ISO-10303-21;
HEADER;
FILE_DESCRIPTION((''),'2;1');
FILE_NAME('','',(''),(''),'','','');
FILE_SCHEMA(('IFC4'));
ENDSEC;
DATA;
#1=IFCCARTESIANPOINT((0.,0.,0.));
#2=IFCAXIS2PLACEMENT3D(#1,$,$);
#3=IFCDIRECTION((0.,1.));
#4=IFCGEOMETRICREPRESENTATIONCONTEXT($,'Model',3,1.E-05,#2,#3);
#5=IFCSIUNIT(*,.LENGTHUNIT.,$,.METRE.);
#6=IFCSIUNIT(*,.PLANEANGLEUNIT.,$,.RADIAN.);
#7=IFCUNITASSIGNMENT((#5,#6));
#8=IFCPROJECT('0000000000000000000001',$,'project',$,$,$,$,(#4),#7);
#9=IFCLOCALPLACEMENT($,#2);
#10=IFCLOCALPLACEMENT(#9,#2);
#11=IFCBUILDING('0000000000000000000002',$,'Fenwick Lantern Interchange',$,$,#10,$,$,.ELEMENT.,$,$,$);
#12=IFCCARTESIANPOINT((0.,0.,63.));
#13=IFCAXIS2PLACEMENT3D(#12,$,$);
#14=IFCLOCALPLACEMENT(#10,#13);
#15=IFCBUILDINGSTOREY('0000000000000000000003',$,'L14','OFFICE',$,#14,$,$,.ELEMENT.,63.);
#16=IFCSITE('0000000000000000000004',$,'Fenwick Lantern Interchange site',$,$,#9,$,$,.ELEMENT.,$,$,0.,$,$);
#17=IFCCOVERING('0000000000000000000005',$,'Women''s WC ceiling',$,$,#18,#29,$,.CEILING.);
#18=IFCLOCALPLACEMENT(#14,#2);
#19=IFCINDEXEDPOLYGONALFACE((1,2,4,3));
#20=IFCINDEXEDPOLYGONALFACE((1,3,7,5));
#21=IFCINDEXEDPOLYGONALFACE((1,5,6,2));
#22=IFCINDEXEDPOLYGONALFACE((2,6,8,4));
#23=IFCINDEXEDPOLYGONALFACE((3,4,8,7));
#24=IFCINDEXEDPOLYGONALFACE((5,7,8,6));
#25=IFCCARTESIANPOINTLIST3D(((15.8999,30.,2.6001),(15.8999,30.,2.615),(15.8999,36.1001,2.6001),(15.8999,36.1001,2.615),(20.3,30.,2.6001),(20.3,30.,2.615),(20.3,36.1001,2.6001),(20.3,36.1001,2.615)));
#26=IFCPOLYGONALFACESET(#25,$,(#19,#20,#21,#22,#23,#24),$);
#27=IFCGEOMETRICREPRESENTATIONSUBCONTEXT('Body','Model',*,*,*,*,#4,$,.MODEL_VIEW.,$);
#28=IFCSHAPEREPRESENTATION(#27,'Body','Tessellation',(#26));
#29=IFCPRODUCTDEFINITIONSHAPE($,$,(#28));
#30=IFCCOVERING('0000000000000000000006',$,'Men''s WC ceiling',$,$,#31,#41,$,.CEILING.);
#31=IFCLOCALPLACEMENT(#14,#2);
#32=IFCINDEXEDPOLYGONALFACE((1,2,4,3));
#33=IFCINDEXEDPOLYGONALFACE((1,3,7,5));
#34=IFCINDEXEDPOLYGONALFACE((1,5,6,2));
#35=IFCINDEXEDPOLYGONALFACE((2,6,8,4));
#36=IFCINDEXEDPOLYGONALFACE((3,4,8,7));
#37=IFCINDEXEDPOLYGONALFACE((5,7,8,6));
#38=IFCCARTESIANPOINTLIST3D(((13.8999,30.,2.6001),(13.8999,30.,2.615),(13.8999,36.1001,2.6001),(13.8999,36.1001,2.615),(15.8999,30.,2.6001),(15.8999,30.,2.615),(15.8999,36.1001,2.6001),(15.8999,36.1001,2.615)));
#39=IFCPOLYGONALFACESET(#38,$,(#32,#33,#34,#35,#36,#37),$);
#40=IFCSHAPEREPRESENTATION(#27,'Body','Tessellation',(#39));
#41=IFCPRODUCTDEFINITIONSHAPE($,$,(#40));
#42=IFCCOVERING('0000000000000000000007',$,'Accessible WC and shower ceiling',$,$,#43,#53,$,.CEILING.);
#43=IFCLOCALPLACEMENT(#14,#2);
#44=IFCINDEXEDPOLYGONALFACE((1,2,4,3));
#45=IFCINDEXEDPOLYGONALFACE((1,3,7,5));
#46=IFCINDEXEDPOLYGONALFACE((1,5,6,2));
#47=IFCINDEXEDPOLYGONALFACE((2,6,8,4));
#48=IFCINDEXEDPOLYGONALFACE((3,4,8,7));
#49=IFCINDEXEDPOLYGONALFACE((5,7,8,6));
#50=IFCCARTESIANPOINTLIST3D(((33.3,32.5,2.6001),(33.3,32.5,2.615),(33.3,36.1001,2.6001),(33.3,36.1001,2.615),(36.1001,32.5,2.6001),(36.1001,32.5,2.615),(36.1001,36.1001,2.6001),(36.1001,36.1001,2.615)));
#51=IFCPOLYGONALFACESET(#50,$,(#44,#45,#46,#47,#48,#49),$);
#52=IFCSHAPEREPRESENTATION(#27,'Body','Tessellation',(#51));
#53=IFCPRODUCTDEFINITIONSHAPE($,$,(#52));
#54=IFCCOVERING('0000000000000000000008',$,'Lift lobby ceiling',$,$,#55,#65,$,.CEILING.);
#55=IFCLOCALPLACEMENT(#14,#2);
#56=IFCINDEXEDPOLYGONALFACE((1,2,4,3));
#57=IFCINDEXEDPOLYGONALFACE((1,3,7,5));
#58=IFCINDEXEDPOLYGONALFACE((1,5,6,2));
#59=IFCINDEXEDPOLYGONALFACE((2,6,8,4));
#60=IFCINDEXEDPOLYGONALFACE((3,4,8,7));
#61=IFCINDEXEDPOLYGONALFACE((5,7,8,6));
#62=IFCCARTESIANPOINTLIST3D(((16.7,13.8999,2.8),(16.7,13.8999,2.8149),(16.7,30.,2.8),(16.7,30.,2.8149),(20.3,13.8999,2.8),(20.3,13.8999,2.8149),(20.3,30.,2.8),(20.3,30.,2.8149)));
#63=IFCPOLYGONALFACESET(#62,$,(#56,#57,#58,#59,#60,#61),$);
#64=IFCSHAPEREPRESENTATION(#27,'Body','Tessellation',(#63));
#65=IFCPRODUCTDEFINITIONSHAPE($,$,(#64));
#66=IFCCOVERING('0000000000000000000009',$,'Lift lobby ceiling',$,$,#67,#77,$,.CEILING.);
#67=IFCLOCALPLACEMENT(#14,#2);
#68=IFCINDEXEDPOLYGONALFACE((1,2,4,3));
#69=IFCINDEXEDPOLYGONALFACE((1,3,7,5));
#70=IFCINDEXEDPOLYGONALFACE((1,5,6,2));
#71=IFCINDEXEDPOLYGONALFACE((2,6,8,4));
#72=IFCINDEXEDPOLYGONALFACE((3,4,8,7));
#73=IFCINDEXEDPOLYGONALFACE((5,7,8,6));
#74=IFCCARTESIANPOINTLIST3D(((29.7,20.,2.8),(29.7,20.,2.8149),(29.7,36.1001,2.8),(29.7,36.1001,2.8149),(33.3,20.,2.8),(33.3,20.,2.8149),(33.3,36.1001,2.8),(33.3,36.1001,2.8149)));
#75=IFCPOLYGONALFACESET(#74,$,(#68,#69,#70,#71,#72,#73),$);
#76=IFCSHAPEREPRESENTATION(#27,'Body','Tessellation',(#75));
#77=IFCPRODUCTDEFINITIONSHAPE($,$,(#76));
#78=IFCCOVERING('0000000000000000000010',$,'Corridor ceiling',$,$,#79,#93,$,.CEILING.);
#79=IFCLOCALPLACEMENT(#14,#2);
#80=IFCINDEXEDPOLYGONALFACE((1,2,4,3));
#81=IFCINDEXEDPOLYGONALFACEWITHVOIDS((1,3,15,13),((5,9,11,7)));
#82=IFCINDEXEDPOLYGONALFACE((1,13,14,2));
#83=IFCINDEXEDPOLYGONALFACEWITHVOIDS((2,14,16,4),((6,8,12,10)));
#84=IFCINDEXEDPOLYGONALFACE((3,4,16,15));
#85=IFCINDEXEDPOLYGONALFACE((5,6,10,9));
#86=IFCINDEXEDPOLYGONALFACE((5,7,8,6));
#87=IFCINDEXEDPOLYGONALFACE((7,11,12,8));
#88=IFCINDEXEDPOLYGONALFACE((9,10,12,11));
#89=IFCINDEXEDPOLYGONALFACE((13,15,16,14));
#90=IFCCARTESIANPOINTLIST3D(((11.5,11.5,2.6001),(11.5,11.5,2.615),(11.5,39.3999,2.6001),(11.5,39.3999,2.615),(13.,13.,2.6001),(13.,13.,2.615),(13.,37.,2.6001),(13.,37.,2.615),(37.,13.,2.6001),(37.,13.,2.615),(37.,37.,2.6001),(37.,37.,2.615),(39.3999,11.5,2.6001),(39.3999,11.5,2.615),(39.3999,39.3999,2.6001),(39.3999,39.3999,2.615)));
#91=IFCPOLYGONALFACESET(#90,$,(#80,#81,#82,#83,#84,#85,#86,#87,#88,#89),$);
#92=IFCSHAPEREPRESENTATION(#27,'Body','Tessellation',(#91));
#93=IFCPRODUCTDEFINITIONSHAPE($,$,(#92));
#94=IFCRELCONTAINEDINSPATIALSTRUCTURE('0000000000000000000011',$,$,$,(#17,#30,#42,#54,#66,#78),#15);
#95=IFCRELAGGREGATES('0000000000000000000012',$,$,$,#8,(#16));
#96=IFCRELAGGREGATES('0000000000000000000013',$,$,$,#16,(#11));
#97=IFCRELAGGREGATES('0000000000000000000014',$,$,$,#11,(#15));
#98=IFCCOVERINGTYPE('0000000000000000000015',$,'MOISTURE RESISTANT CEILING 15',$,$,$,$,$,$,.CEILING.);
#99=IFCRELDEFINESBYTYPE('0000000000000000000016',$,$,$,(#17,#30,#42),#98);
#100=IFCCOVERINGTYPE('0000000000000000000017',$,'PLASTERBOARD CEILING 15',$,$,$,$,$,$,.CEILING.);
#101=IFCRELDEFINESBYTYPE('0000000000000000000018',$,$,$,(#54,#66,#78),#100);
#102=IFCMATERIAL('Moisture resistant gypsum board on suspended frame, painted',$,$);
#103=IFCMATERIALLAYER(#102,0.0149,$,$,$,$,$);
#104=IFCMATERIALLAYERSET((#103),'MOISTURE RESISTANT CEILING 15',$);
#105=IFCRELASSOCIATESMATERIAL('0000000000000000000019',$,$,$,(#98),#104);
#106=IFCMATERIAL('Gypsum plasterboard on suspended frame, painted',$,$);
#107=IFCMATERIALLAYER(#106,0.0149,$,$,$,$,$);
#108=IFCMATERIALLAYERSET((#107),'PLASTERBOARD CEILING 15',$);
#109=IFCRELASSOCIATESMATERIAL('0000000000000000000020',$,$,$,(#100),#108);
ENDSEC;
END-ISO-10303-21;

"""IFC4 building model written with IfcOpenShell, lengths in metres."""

from ifc_helpers import new_model, si_unit, direction, frame, origin, place, context, subcontext, project, spatial, polyline, outline, extrude, material, layer, layer_set, type_object, element, save


model = new_model("IFC4")

# Units and contexts
model_context = context("Model", 3, precision=1e-05, world=origin(), true_north=direction((0.0, 1.0)))
body_context = subcontext(model_context, "Body", "Model", "MODEL_VIEW")
ifc_project = project(units=[si_unit("LENGTHUNIT", "METRE"), si_unit("PLANEANGLEUNIT", "RADIAN")], contexts=[model_context])

# Site, building, storey
site_placement = place(None, origin())
site = spatial("IfcSite", under=ifc_project, at=site_placement, Name="Fenwick Lantern Interchange site", CompositionType="ELEMENT", RefElevation=0.0)
building_placement = place(site_placement, origin())
building = spatial("IfcBuilding", under=site, at=building_placement, Name="Fenwick Lantern Interchange", CompositionType="ELEMENT")
storey_placement = place(building_placement, frame((0.0, 0.0, 63.0)))
storey = spatial("IfcBuildingStorey", under=building, at=storey_placement, Name="L14", Description="OFFICE", CompositionType="ELEMENT", Elevation=63.0)

# Coverings
ifc_material_1 = material(Name="Moisture resistant gypsum board on suspended frame, painted")
ifc_layer_1 = layer(ifc_material_1, 0.0149)
ifc_layer_set_1 = layer_set([ifc_layer_1], Name="MOISTURE RESISTANT CEILING 15")
covering_type_1 = type_object("IfcCoveringType", Name="MOISTURE RESISTANT CEILING 15", PredefinedType="CEILING", material=ifc_layer_set_1)
covering_1_placement = place(storey_placement, frame((0.0, 0.0, 2.6001)))
element("IfcCovering", 1, at=covering_1_placement, inside=storey, type_object=covering_type_1, Name="Women's WC ceiling", PredefinedType="CEILING", context=body_context, shape_type="SweptSolid", body=[
    extrude(outline(polyline([(20.3, 36.1001), (15.8999, 36.1001), (15.8999, 30.0), (20.3, 30.0), (20.3, 36.1001)])), origin(), (0.0, 0.0, 1.0), 0.0149),
])
covering_2_placement = place(storey_placement, frame((0.0, 0.0, 2.6001)))
element("IfcCovering", 2, at=covering_2_placement, inside=storey, type_object=covering_type_1, Name="Men's WC ceiling", PredefinedType="CEILING", context=body_context, shape_type="SweptSolid", body=[
    extrude(outline(polyline([(15.8999, 36.1001), (13.8999, 36.1001), (13.8999, 30.0), (15.8999, 30.0), (15.8999, 36.1001)])), origin(), (0.0, 0.0, 1.0), 0.0149),
])
covering_3_placement = place(storey_placement, frame((0.0, 0.0, 2.6001)))
element("IfcCovering", 3, at=covering_3_placement, inside=storey, type_object=covering_type_1, Name="Accessible WC and shower ceiling", PredefinedType="CEILING", context=body_context, shape_type="SweptSolid", body=[
    extrude(outline(polyline([(36.1001, 36.1001), (33.3, 36.1001), (33.3, 32.5), (36.1001, 32.5), (36.1001, 36.1001)])), origin(), (0.0, 0.0, 1.0), 0.0149),
])
ifc_material_2 = material(Name="Gypsum plasterboard on suspended frame, painted")
ifc_layer_2 = layer(ifc_material_2, 0.0149)
ifc_layer_set_2 = layer_set([ifc_layer_2], Name="PLASTERBOARD CEILING 15")
covering_type_2 = type_object("IfcCoveringType", Name="PLASTERBOARD CEILING 15", PredefinedType="CEILING", material=ifc_layer_set_2)
covering_4_placement = place(storey_placement, frame((0.0, 0.0, 2.8)))
element("IfcCovering", 4, at=covering_4_placement, inside=storey, type_object=covering_type_2, Name="Lift lobby ceiling", PredefinedType="CEILING", context=body_context, shape_type="SweptSolid", body=[
    extrude(outline(polyline([(16.7, 13.8999), (20.3, 13.8999), (20.3, 30.0), (16.7, 30.0), (16.7, 13.8999)])), origin(), (0.0, 0.0, 1.0), 0.0149),
])
covering_5_placement = place(storey_placement, frame((0.0, 0.0, 2.8)))
element("IfcCovering", 5, at=covering_5_placement, inside=storey, type_object=covering_type_2, Name="Lift lobby ceiling", PredefinedType="CEILING", context=body_context, shape_type="SweptSolid", body=[
    extrude(outline(polyline([(33.3, 36.1001), (29.7, 36.1001), (29.7, 20.0), (33.3, 20.0), (33.3, 36.1001)])), origin(), (0.0, 0.0, 1.0), 0.0149),
])
covering_6_placement = place(storey_placement, frame((0.0, 0.0, 2.6001)))
element("IfcCovering", 6, at=covering_6_placement, inside=storey, type_object=covering_type_2, Name="Corridor ceiling", PredefinedType="CEILING", context=body_context, shape_type="SweptSolid", body=[
    extrude(outline(polyline([(39.3999, 11.5), (39.3999, 39.3999), (11.5, 39.3999), (11.5, 11.5), (39.3999, 11.5)]), holes=[polyline([(13.0, 37.0), (37.0, 37.0), (37.0, 13.0), (13.0, 13.0), (13.0, 37.0)])]), origin(), (0.0, 0.0, 1.0), 0.0149),
])

save(model, "model.ifc")
